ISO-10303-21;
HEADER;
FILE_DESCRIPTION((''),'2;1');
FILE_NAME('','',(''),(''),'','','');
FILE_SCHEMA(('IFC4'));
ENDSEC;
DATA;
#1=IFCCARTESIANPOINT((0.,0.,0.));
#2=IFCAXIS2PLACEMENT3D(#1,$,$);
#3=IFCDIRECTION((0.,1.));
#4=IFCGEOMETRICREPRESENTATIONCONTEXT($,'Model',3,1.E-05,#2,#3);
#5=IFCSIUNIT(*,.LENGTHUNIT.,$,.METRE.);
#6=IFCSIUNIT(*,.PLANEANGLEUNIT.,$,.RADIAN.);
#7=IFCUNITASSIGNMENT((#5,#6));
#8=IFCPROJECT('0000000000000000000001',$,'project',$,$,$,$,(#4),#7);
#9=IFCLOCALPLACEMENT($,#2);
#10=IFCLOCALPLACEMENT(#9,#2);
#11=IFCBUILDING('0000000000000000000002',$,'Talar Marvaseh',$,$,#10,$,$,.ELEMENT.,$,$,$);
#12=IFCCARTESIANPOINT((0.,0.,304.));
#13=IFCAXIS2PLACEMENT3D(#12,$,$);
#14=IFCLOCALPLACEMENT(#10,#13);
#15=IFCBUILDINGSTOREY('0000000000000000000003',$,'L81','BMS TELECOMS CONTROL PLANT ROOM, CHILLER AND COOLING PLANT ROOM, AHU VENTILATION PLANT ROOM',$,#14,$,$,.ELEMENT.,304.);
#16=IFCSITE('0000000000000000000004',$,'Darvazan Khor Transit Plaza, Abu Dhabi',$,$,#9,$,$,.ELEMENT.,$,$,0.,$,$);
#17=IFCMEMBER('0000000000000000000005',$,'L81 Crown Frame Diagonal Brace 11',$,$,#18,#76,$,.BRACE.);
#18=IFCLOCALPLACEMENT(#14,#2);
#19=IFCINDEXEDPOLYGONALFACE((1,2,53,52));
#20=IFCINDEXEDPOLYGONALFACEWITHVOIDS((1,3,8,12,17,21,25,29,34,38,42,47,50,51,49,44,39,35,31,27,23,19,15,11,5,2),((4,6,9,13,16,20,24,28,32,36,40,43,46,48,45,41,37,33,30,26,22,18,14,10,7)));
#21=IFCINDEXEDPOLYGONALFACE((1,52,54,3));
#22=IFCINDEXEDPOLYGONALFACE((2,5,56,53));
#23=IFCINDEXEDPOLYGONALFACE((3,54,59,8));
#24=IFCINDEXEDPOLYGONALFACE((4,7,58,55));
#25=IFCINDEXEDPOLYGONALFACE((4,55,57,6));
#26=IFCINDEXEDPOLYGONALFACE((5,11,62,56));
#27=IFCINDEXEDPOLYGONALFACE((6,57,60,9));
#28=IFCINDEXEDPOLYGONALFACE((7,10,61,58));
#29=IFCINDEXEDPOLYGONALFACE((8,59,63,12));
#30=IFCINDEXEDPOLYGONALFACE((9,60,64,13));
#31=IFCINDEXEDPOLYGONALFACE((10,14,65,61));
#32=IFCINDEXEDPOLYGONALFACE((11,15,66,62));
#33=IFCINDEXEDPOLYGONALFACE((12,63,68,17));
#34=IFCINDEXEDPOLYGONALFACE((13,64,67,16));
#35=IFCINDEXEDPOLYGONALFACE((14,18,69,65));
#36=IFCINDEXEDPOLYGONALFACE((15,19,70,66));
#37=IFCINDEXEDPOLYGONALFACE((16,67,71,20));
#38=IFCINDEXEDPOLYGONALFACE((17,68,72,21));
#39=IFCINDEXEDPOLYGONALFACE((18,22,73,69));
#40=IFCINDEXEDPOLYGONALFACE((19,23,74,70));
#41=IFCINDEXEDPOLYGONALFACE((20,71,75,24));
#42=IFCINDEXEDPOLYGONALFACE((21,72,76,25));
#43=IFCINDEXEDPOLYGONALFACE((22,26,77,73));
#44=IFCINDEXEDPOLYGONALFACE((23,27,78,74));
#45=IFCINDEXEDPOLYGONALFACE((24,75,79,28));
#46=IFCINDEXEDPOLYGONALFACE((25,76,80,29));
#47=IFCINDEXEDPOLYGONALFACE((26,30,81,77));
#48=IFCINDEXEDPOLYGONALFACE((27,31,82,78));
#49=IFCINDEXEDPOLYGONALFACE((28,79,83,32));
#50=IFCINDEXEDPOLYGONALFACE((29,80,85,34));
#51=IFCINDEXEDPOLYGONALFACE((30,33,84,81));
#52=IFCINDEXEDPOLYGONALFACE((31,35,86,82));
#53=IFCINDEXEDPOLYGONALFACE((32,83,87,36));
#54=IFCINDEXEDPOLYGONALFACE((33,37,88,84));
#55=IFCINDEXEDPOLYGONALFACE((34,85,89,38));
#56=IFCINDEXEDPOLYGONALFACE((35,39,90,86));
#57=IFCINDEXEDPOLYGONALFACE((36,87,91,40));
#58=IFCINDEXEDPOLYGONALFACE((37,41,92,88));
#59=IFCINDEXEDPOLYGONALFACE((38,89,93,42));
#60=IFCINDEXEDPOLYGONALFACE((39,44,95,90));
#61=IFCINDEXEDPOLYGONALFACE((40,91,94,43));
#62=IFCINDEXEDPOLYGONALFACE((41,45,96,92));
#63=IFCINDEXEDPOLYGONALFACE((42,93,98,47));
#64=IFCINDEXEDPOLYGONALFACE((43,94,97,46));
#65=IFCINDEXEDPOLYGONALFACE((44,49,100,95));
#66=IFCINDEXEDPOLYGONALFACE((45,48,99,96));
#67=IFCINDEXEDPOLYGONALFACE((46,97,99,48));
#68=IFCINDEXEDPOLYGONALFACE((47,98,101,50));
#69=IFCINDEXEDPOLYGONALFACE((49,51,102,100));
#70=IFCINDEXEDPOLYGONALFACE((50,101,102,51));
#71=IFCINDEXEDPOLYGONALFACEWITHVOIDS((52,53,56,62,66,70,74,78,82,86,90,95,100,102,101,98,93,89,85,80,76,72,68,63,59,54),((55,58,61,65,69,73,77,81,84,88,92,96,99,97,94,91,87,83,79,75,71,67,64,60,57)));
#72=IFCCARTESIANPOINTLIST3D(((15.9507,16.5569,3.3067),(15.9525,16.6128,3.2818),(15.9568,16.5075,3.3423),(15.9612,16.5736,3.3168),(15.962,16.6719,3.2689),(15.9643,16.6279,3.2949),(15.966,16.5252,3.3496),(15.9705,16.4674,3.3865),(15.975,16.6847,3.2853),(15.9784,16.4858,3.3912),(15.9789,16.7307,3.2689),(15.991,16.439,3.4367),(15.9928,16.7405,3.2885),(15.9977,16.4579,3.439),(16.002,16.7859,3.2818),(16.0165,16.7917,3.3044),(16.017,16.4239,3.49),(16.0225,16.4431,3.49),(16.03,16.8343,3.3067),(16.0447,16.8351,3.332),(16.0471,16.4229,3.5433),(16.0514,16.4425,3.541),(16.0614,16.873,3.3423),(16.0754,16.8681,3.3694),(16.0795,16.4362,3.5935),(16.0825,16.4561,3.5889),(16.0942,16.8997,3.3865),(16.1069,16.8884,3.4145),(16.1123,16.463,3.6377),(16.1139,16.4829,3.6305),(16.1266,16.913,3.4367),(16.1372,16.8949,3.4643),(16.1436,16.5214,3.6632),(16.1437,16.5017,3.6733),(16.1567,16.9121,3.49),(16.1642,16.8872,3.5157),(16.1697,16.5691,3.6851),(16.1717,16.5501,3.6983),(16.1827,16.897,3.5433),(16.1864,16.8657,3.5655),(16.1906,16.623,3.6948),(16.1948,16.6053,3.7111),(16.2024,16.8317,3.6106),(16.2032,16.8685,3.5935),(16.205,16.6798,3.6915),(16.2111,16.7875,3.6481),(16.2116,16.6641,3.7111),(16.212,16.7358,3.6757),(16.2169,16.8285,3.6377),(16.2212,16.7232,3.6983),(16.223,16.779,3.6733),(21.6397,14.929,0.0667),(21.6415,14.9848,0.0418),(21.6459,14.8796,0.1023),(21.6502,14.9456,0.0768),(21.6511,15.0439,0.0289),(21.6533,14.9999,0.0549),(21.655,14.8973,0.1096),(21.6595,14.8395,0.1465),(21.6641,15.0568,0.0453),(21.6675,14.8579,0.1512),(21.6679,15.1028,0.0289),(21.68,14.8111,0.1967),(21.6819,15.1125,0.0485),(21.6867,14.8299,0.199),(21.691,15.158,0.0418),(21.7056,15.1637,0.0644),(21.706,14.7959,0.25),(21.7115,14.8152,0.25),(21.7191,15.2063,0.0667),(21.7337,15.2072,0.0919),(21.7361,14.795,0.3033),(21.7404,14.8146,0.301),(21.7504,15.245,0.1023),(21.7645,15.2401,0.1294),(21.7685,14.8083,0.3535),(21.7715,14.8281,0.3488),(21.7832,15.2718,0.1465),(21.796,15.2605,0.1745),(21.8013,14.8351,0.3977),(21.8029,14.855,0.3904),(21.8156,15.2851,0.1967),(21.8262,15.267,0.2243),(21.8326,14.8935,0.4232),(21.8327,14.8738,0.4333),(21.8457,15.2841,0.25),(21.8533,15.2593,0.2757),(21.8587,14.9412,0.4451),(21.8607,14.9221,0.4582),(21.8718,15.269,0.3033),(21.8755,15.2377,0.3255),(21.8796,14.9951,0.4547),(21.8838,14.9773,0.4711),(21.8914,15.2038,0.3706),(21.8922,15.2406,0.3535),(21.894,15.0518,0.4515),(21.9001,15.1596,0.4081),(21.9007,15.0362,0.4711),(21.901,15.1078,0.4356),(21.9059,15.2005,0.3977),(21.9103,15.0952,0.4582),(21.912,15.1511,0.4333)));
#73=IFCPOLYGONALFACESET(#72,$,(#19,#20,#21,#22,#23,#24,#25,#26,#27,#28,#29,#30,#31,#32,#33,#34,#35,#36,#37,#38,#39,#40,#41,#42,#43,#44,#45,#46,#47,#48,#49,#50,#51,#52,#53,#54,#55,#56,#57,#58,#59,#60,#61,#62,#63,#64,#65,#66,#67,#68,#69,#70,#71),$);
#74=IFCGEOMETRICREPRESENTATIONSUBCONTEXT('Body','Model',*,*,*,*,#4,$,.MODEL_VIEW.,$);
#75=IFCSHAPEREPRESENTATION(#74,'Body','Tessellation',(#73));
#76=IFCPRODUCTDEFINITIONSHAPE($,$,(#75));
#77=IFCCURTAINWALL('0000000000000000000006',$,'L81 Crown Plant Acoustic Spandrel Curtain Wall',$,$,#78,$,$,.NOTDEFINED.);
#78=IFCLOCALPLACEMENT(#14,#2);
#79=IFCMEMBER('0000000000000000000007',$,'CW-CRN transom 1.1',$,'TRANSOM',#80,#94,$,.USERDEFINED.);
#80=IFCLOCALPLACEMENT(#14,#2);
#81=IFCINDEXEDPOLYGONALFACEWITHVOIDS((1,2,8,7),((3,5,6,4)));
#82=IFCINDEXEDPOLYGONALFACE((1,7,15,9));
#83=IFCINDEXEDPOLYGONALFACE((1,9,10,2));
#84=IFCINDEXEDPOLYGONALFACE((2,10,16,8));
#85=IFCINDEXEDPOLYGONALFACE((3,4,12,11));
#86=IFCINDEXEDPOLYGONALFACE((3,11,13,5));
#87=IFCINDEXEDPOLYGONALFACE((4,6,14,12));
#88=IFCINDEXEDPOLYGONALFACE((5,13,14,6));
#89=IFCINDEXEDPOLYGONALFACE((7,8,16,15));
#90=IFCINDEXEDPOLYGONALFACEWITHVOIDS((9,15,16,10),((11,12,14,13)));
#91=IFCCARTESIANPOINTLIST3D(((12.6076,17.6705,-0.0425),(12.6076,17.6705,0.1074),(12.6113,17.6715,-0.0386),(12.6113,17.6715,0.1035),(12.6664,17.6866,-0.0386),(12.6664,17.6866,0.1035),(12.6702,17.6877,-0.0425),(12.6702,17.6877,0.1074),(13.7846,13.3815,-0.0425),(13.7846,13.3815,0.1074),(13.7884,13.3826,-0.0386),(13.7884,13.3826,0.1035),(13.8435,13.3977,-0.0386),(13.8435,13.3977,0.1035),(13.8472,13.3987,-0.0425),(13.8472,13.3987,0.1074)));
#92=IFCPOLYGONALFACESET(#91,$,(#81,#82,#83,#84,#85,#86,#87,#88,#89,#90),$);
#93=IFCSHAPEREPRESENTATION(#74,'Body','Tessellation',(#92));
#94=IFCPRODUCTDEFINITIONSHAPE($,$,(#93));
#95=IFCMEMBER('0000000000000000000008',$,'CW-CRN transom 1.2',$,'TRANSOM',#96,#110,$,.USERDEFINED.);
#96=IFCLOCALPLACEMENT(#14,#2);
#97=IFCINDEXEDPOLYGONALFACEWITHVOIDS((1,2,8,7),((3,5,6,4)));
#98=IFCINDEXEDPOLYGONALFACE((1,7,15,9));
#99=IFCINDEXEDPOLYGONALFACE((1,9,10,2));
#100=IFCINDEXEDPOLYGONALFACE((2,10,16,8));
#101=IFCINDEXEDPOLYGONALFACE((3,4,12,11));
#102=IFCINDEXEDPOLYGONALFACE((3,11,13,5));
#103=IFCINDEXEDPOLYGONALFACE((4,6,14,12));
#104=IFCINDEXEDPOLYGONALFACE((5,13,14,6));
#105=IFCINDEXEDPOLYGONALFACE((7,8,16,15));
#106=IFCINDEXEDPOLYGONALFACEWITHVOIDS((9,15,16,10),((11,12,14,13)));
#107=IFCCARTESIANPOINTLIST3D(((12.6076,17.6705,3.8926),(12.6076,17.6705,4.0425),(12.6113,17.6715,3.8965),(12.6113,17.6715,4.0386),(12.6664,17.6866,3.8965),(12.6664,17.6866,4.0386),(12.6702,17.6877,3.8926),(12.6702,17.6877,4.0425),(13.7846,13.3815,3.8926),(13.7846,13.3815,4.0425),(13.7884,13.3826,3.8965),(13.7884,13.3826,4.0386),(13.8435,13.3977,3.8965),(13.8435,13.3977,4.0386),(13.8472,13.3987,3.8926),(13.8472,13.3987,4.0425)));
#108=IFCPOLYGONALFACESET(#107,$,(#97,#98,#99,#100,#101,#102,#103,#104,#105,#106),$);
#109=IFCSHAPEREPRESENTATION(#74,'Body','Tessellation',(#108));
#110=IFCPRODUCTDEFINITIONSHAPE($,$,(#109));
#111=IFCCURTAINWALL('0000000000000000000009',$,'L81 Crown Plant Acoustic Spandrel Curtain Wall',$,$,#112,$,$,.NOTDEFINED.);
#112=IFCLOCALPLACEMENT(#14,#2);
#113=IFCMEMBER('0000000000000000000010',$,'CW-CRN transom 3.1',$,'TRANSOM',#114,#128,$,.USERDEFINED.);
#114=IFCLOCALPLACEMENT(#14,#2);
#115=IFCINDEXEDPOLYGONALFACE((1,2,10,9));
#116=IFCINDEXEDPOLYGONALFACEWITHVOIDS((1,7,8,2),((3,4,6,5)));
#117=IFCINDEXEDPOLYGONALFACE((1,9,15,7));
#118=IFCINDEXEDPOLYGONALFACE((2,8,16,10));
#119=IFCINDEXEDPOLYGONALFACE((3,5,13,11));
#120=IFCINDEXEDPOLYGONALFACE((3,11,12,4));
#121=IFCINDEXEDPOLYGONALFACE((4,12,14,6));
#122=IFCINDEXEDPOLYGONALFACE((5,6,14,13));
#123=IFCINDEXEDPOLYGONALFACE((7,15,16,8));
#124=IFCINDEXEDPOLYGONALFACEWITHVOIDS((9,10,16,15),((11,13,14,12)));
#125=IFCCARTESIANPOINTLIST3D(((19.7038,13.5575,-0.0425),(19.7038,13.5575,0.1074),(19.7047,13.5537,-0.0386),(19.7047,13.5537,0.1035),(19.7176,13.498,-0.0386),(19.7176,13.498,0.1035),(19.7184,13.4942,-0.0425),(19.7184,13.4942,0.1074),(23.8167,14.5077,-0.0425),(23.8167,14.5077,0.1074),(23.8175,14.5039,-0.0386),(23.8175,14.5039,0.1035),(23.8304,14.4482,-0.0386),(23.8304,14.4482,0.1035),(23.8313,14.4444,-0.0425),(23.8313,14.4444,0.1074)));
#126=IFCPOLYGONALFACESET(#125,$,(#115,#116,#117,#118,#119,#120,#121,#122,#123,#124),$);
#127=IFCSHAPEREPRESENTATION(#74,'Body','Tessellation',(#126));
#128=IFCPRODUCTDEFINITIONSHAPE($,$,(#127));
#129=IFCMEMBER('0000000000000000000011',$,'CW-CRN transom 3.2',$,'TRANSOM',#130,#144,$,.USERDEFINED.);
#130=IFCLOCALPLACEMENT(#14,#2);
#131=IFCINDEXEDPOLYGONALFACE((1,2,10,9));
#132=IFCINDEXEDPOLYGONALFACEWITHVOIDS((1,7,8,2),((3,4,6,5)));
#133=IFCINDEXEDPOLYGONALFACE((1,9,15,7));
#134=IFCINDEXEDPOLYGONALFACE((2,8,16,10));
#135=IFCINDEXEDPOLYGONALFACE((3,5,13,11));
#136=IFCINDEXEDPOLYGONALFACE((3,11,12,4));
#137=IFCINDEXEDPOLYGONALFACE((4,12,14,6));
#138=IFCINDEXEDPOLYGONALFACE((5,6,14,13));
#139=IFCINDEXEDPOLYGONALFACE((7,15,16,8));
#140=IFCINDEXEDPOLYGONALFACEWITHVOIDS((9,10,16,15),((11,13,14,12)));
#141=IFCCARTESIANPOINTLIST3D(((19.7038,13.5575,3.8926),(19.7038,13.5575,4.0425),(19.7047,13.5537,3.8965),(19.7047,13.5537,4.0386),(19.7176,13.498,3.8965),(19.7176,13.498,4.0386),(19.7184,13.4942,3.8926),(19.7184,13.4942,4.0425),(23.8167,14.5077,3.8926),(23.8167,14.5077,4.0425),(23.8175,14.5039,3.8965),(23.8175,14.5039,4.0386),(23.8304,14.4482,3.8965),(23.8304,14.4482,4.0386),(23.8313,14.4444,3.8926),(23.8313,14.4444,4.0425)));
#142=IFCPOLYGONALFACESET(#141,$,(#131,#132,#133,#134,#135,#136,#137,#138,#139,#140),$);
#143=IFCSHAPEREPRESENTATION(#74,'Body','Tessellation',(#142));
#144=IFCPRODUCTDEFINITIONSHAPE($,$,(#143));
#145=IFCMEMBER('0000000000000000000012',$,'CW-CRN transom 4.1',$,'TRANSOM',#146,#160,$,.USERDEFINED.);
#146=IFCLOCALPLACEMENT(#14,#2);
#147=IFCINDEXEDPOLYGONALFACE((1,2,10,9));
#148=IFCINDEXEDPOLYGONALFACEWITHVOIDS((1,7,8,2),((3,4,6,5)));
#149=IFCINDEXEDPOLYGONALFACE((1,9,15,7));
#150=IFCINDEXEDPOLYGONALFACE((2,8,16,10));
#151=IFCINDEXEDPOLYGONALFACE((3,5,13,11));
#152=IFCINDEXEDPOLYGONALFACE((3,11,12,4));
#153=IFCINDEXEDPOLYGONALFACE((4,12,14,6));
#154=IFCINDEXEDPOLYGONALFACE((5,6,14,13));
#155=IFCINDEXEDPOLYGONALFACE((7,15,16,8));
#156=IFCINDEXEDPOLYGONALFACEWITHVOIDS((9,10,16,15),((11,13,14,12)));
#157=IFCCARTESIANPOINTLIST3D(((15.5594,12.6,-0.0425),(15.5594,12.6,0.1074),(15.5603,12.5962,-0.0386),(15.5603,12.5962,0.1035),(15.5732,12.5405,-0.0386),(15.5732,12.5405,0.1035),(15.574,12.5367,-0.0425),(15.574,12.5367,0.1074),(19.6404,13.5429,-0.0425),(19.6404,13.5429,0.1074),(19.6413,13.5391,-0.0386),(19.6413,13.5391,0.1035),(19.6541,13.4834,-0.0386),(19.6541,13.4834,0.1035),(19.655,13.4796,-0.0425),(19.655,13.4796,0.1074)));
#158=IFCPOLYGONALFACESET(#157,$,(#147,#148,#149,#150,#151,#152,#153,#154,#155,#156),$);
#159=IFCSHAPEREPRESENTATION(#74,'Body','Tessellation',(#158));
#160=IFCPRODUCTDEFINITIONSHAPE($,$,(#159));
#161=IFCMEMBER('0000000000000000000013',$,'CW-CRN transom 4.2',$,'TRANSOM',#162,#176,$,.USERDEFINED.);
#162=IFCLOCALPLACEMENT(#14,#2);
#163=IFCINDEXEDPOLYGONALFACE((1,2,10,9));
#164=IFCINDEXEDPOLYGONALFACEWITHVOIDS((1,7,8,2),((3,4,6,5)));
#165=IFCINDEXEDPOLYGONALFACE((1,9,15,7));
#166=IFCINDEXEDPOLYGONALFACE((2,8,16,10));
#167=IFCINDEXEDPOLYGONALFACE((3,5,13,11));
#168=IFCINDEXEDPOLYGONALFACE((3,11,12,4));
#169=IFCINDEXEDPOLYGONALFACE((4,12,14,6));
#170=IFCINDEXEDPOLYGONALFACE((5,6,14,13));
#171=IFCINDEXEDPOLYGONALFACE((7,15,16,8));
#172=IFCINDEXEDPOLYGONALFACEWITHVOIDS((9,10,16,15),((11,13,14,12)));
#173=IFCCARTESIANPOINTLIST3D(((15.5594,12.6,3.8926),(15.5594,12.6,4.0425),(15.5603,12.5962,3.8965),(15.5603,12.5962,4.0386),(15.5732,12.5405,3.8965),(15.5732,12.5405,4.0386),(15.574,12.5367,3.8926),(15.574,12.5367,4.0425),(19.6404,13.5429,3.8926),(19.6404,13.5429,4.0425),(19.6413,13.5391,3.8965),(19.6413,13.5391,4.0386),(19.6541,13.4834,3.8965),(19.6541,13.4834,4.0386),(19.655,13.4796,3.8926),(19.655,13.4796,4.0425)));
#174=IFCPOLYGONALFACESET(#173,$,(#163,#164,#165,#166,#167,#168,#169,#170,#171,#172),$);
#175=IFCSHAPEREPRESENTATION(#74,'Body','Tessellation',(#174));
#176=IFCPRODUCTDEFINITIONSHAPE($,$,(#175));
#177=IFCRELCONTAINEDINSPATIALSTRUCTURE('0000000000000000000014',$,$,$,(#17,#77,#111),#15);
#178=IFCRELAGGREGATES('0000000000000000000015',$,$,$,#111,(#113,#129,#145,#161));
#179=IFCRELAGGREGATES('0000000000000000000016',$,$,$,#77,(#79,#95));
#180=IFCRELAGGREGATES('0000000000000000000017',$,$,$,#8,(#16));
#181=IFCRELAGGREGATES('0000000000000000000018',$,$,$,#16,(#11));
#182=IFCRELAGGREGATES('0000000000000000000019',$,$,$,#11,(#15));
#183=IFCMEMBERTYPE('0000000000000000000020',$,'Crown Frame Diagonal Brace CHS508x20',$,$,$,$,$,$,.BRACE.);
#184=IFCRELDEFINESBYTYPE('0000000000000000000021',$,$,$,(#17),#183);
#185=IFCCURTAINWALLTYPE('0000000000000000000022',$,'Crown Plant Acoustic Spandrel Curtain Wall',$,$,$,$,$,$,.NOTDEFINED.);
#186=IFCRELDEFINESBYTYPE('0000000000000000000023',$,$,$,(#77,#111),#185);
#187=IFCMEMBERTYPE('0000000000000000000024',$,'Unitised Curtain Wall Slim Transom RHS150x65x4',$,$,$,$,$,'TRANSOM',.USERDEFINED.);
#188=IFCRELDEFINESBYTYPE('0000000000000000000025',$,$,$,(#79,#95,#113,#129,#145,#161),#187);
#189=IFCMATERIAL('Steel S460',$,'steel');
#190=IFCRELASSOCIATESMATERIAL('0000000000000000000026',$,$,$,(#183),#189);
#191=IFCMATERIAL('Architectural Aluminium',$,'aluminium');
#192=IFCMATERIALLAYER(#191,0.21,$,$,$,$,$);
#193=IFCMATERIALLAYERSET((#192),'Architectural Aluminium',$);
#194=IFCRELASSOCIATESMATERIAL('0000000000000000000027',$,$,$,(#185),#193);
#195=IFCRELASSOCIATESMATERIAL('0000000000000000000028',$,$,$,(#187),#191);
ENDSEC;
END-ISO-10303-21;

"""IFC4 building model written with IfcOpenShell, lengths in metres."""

from ifc_helpers import new_model, si_unit, direction, frame, origin, origin_2d, place, context, subcontext, project, spatial, hollow_rectangle, hollow_circle, extrude, source, transform, mapped, material, layer, layer_set, material_profile, profile_set, type_object, type_shapes, element, aggregate, save


model = new_model("IFC4")

# Units and contexts
model_context = context("Model", 3, precision=1e-05, world=origin(), true_north=direction((0.0, 1.0)))
body_context = subcontext(model_context, "Body", "Model", "MODEL_VIEW")
ifc_project = project(units=[si_unit("LENGTHUNIT", "METRE"), si_unit("PLANEANGLEUNIT", "RADIAN")], contexts=[model_context])

# Site, building, storey
site_placement = place(None, origin())
site = spatial("IfcSite", under=ifc_project, at=site_placement, Name="Darvazan Khor Transit Plaza, Abu Dhabi", CompositionType="ELEMENT", RefElevation=0.0)
building_placement = place(site_placement, origin())
building = spatial("IfcBuilding", under=site, at=building_placement, Name="Talar Marvaseh", CompositionType="ELEMENT")
storey_placement = place(building_placement, frame((0.0, 0.0, 304.0)))
storey = spatial("IfcBuildingStorey", under=building, at=storey_placement, Name="L81", Description="BMS TELECOMS CONTROL PLANT ROOM, CHILLER AND COOLING PLANT ROOM, AHU VENTILATION PLANT ROOM", CompositionType="ELEMENT", Elevation=304.0)

# Shared definitions
ifc_material_1 = material(Name="Steel S460", Category="steel")

# Member
ifc_material_profile_1 = material_profile(ifc_material_1, hollow_circle(Radius=0.2539, WallThickness=0.02, at=origin_2d()), Name="CHS508x20")
ifc_profile_set_1 = profile_set([ifc_material_profile_1], Name="Steel S460")
member_type_1 = type_object("IfcMemberType", Name="Crown Frame Diagonal Brace CHS508x20", PredefinedType="BRACE", material=ifc_profile_set_1)
shared_shape_1 = source(origin(), body_context, "Body", "SweptSolid", [
    extrude(hollow_circle(Radius=0.2539, WallThickness=0.02, at=origin_2d()), origin(), (0.0, 0.0, 1.0), 6.7463),
])
type_shapes(member_type_1, [shared_shape_1])
member_1_placement = place(storey_placement, frame((21.7759, 15.04, 0.25), z_axis=(-0.843277, 0.241309, 0.480265), x_axis=(-0.275113, -0.961412, 0.0)))
element("IfcMember", 1, at=member_1_placement, inside=storey, type_object=member_type_1, Name="L81 Crown Frame Diagonal Brace 11", PredefinedType="BRACE", context=body_context, shape_type="MappedRepresentation", body=[
    mapped(shared_shape_1, transform((0.0, 0.0, 0.0), x_axis=(1.0, 0.0, 0.0), y_axis=(0.0, 1.0, 0.0), z_axis=(0.0, 0.0, 1.0), scale=1.0)),
])

# Curtain walls, members
ifc_material_2 = material(Name="Architectural Aluminium", Category="aluminium")
ifc_layer_1 = layer(ifc_material_2, 0.21)
ifc_layer_set_1 = layer_set([ifc_layer_1], Name="Architectural Aluminium")
curtain_wall_type = type_object("IfcCurtainWallType", Name="Crown Plant Acoustic Spandrel Curtain Wall", PredefinedType="NOTDEFINED", material=ifc_layer_set_1)
curtain_wall_1_placement = place(storey_placement, origin())
curtain_wall_1 = element("IfcCurtainWall", 2, at=curtain_wall_1_placement, inside=storey, type_object=curtain_wall_type, Name="L81 Crown Plant Acoustic Spandrel Curtain Wall", PredefinedType="NOTDEFINED")
ifc_material_profile_2 = material_profile(ifc_material_2, hollow_rectangle(XDim=0.0649, YDim=0.1499, WallThickness=0.0039, at=origin_2d()), Name="RHS150x65x4")
ifc_profile_set_2 = profile_set([ifc_material_profile_2], Name="Architectural Aluminium")
member_type_2 = type_object("IfcMemberType", Name="Unitised Curtain Wall Slim Transom RHS150x65x4", ElementType="TRANSOM", PredefinedType="USERDEFINED", material=ifc_profile_set_2)
shared_shape_2 = source(origin(), body_context, "Body", "SweptSolid", [
    extrude(hollow_rectangle(XDim=0.0649, YDim=0.1499, WallThickness=0.0039, at=origin_2d()), origin(), (0.0, 0.0, 1.0), 4.4475),
])
member_2_placement = place(storey_placement, frame((13.8159, 13.3901, 0.0325), z_axis=(-0.26465, 0.964345, 0.0), x_axis=(-0.964345, -0.26465, 0.0)))
member_2 = element("IfcMember", 3, at=member_2_placement, type_object=member_type_2, Name="CW-CRN transom 1.1", ObjectType="TRANSOM", PredefinedType="USERDEFINED", context=body_context, shape_type="MappedRepresentation", body=[
    mapped(shared_shape_2, transform((0.0, 0.0, 0.0), x_axis=(1.0, 0.0, 0.0), y_axis=(0.0, 1.0, 0.0), z_axis=(0.0, 0.0, 1.0), scale=1.0)),
])
member_3_placement = place(storey_placement, frame((13.8159, 13.3901, 3.9675), z_axis=(-0.26465, 0.964345, 0.0), x_axis=(-0.964345, -0.26465, 0.0)))
member_3 = element("IfcMember", 4, at=member_3_placement, type_object=member_type_2, Name="CW-CRN transom 1.2", ObjectType="TRANSOM", PredefinedType="USERDEFINED", context=body_context, shape_type="MappedRepresentation", body=[
    mapped(shared_shape_2, transform((0.0, 0.0, 0.0), x_axis=(1.0, 0.0, 0.0), y_axis=(0.0, 1.0, 0.0), z_axis=(0.0, 0.0, 1.0), scale=1.0)),
])
curtain_wall_2_placement = place(storey_placement, origin())
curtain_wall_2 = element("IfcCurtainWall", 5, at=curtain_wall_2_placement, inside=storey, type_object=curtain_wall_type, Name="L81 Crown Plant Acoustic Spandrel Curtain Wall", PredefinedType="NOTDEFINED")
shared_shape_3 = source(origin(), body_context, "Body", "SweptSolid", [
    extrude(hollow_rectangle(XDim=0.0649, YDim=0.1499, WallThickness=0.0039, at=origin_2d()), origin(), (0.0, 0.0, 1.0), 4.2212),
])
member_4_placement = place(storey_placement, frame((23.824, 14.4761, 0.0325), z_axis=(-0.974335, -0.225104, 0.0), x_axis=(0.225104, -0.974335, 0.0)))
member_4 = element("IfcMember", 6, at=member_4_placement, type_object=member_type_2, Name="CW-CRN transom 3.1", ObjectType="TRANSOM", PredefinedType="USERDEFINED", context=body_context, shape_type="MappedRepresentation", body=[
    mapped(shared_shape_3, transform((0.0, 0.0, 0.0), x_axis=(1.0, 0.0, 0.0), y_axis=(0.0, 1.0, 0.0), z_axis=(0.0, 0.0, 1.0), scale=1.0)),
])
member_5_placement = place(storey_placement, frame((23.824, 14.4761, 3.9675), z_axis=(-0.974335, -0.225104, 0.0), x_axis=(0.225104, -0.974335, 0.0)))
member_5 = element("IfcMember", 7, at=member_5_placement, type_object=member_type_2, Name="CW-CRN transom 3.2", ObjectType="TRANSOM", PredefinedType="USERDEFINED", context=body_context, shape_type="MappedRepresentation", body=[
    mapped(shared_shape_3, transform((0.0, 0.0, 0.0), x_axis=(1.0, 0.0, 0.0), y_axis=(0.0, 1.0, 0.0), z_axis=(0.0, 0.0, 1.0), scale=1.0)),
])
shared_shape_4 = source(origin(), body_context, "Body", "SweptSolid", [
    extrude(hollow_rectangle(XDim=0.0649, YDim=0.1499, WallThickness=0.0039, at=origin_2d()), origin(), (0.0, 0.0, 1.0), 4.1885),
])
type_shapes(member_type_2, [shared_shape_2, shared_shape_3, shared_shape_4])
member_6_placement = place(storey_placement, frame((19.6477, 13.5112, 0.0325), z_axis=(-0.974334, -0.225106, 0.0), x_axis=(0.225106, -0.974334, 0.0)))
member_6 = element("IfcMember", 8, at=member_6_placement, type_object=member_type_2, Name="CW-CRN transom 4.1", ObjectType="TRANSOM", PredefinedType="USERDEFINED", context=body_context, shape_type="MappedRepresentation", body=[
    mapped(shared_shape_4, transform((0.0, 0.0, 0.0), x_axis=(1.0, 0.0, 0.0), y_axis=(0.0, 1.0, 0.0), z_axis=(0.0, 0.0, 1.0), scale=1.0)),
])
member_7_placement = place(storey_placement, frame((19.6477, 13.5112, 3.9675), z_axis=(-0.974334, -0.225106, 0.0), x_axis=(0.225106, -0.974334, 0.0)))
member_7 = element("IfcMember", 9, at=member_7_placement, type_object=member_type_2, Name="CW-CRN transom 4.2", ObjectType="TRANSOM", PredefinedType="USERDEFINED", context=body_context, shape_type="MappedRepresentation", body=[
    mapped(shared_shape_4, transform((0.0, 0.0, 0.0), x_axis=(1.0, 0.0, 0.0), y_axis=(0.0, 1.0, 0.0), z_axis=(0.0, 0.0, 1.0), scale=1.0)),
])

aggregate(curtain_wall_2, [member_4, member_5, member_6, member_7])
aggregate(curtain_wall_1, [member_2, member_3])

save(model, "model.ifc")
